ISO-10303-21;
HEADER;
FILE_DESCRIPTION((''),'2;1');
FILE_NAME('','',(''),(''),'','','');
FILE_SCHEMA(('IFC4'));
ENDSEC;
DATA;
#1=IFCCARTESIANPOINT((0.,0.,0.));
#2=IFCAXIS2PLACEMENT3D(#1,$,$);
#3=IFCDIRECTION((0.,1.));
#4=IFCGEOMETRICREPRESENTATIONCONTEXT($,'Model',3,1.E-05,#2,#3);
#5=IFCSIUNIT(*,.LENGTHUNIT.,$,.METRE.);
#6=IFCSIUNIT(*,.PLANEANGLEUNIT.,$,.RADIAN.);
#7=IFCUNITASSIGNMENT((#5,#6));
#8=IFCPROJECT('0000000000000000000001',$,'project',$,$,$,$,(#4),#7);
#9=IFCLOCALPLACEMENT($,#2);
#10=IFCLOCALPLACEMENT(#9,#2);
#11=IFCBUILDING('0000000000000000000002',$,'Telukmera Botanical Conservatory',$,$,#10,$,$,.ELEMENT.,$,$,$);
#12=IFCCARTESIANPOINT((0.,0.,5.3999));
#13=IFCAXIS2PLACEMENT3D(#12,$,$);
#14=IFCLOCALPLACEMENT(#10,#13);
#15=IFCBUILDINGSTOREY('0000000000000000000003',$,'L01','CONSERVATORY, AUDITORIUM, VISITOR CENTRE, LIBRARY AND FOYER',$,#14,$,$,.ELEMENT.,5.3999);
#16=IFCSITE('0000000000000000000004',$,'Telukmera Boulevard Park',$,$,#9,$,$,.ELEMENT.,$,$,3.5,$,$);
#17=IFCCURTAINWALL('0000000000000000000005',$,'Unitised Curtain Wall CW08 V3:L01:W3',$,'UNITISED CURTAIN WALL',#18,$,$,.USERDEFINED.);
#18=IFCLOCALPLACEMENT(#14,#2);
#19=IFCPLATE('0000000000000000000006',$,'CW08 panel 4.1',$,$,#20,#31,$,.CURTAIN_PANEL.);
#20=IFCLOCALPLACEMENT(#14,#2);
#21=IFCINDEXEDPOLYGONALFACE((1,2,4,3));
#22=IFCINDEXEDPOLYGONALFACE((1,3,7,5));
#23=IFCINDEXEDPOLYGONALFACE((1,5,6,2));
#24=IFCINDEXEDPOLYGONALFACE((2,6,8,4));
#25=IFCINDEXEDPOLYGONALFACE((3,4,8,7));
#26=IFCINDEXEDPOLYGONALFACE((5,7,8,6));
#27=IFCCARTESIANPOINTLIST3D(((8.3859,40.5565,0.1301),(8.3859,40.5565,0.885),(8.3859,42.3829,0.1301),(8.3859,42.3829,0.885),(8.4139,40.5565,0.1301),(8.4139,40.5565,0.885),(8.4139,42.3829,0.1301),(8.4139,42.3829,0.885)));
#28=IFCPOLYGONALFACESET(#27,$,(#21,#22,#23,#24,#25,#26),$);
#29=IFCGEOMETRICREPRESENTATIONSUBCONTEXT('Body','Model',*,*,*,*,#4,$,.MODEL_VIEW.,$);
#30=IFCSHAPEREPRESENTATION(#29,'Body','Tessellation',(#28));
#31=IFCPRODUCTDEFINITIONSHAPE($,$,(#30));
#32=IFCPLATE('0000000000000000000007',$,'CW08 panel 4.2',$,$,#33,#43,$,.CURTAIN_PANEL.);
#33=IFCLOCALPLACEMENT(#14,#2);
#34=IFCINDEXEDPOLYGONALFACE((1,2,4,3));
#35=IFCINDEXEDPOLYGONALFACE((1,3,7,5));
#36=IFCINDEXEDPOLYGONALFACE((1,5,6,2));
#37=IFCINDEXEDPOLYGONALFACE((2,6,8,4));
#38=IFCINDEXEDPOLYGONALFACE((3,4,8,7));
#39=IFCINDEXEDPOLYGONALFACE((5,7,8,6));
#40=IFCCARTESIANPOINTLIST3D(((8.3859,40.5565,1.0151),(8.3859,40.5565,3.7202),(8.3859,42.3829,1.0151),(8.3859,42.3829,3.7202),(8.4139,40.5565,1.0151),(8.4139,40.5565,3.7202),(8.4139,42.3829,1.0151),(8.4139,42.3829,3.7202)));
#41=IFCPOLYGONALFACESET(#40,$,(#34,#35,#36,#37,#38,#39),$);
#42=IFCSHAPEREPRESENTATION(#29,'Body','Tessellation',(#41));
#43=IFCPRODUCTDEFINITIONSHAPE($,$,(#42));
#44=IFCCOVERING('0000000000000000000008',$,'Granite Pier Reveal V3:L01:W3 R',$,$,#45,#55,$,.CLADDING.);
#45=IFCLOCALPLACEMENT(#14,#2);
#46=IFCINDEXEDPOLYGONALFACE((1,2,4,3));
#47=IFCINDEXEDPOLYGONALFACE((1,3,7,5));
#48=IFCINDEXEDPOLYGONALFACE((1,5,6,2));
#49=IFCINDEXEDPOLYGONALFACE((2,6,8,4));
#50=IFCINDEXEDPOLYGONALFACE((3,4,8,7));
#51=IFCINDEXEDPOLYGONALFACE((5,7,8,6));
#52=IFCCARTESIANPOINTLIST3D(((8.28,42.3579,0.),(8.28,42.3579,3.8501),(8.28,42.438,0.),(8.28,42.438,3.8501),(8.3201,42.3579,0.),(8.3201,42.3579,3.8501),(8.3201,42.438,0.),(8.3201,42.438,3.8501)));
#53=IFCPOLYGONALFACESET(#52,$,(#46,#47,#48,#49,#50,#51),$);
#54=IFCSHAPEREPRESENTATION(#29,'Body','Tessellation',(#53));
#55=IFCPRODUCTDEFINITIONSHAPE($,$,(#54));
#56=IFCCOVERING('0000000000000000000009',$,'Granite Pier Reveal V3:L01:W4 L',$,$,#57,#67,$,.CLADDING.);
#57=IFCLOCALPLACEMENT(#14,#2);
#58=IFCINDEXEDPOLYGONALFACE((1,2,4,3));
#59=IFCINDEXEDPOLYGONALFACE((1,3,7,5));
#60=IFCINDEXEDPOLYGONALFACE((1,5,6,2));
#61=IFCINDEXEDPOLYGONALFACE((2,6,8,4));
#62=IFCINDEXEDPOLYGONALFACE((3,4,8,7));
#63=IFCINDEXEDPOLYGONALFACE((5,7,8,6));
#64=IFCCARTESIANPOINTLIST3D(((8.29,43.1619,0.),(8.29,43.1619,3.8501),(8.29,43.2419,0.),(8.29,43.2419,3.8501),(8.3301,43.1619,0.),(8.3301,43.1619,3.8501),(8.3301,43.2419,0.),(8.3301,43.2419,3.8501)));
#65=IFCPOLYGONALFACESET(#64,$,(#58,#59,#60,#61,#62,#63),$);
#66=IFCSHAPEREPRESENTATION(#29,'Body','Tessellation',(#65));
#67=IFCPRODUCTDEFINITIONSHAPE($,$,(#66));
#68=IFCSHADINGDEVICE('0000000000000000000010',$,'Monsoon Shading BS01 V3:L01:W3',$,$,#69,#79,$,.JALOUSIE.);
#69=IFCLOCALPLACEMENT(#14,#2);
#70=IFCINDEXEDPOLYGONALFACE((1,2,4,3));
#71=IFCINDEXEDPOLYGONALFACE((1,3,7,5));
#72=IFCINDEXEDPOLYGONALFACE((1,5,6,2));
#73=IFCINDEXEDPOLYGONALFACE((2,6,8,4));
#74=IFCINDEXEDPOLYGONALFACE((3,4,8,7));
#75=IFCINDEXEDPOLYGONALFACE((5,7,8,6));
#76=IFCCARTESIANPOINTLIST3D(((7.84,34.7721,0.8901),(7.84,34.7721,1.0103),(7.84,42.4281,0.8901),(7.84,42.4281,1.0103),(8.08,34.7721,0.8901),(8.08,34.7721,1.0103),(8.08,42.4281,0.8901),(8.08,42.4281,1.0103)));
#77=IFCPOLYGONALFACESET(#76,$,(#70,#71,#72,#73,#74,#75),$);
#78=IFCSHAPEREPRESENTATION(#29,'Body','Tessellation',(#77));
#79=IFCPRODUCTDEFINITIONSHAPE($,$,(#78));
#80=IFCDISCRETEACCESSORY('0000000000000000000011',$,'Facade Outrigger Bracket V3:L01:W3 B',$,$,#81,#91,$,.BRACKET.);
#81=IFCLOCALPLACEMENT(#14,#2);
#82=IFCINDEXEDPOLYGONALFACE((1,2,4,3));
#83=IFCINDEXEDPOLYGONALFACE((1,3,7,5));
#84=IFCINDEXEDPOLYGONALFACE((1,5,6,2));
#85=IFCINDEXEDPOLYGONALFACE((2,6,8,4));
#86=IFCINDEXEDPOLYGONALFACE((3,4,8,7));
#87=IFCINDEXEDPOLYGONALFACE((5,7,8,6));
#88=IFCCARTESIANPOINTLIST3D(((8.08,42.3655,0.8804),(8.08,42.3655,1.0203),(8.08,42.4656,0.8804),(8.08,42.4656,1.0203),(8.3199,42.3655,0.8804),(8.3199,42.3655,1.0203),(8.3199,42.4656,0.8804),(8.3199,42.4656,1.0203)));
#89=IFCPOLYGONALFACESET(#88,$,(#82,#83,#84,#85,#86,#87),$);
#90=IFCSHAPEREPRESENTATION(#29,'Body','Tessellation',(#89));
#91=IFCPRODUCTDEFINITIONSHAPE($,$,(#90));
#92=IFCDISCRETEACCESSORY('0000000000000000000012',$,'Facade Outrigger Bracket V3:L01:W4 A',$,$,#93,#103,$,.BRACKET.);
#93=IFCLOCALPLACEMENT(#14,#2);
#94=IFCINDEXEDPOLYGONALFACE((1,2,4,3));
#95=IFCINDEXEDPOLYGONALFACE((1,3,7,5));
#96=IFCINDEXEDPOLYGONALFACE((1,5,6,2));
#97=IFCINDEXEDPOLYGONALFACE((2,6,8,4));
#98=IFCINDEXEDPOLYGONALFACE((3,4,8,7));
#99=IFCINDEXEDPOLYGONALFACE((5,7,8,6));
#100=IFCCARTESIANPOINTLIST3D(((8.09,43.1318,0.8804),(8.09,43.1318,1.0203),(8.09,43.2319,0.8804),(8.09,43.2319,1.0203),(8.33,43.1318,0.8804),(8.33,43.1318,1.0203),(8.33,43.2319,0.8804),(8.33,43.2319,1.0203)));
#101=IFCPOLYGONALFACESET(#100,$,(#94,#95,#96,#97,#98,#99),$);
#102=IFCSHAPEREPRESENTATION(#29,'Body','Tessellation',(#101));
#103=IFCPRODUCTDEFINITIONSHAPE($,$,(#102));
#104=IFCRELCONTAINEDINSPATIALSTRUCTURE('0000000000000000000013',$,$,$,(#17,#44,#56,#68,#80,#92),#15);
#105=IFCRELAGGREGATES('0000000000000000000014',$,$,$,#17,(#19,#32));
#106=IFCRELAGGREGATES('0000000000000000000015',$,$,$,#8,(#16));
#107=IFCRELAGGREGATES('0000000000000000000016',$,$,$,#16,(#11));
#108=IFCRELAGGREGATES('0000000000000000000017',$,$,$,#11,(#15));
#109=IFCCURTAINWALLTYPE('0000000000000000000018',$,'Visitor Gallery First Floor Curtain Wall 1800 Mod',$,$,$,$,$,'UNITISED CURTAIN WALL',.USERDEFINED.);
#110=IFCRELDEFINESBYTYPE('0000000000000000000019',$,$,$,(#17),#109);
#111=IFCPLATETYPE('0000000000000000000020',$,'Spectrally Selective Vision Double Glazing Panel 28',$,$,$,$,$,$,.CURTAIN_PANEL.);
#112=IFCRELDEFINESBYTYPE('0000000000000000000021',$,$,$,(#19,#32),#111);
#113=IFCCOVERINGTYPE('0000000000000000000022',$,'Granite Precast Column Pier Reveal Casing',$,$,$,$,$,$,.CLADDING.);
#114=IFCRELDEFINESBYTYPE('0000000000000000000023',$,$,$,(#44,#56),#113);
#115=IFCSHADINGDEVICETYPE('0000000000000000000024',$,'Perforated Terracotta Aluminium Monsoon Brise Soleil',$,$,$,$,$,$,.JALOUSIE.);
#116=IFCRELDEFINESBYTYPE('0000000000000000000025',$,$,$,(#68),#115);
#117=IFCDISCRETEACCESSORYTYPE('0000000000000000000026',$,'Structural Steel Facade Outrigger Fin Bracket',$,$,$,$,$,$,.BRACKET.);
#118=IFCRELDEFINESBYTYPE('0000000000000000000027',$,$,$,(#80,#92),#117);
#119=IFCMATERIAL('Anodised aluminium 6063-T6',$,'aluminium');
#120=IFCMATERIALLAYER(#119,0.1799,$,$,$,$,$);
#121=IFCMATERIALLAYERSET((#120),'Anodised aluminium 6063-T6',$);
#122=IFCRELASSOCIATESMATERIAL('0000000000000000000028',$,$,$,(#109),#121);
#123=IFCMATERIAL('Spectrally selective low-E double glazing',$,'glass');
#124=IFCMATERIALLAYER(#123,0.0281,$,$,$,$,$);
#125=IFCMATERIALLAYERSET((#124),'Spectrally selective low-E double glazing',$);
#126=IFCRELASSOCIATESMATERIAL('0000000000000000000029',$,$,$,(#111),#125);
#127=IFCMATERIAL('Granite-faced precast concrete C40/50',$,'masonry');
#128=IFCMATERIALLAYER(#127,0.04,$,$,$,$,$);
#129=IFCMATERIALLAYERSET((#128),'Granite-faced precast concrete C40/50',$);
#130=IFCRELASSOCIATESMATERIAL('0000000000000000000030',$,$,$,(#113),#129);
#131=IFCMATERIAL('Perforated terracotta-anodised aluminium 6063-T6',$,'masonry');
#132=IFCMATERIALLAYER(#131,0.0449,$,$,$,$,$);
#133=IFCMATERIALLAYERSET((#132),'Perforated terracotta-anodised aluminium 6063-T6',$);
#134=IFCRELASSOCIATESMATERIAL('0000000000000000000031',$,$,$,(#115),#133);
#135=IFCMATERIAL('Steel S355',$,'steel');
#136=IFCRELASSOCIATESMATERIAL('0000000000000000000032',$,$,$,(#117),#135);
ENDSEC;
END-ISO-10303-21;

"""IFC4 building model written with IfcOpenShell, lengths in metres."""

from ifc_helpers import new_model, si_unit, direction, frame, origin, origin_2d, place, context, subcontext, project, spatial, rectangle, extrude, material, layer, layer_set, type_object, element, aggregate, save


model = new_model("IFC4")

# Units and contexts
model_context = context("Model", 3, precision=1e-05, world=origin(), true_north=direction((0.0, 1.0)))
body_context = subcontext(model_context, "Body", "Model", "MODEL_VIEW")
ifc_project = project(units=[si_unit("LENGTHUNIT", "METRE"), si_unit("PLANEANGLEUNIT", "RADIAN")], contexts=[model_context])

# Site, building, storey
site_placement = place(None, origin())
site = spatial("IfcSite", under=ifc_project, at=site_placement, Name="Telukmera Boulevard Park", CompositionType="ELEMENT", RefElevation=3.5)
building_placement = place(site_placement, origin())
building = spatial("IfcBuilding", under=site, at=building_placement, Name="Telukmera Botanical Conservatory", CompositionType="ELEMENT")
storey_placement = place(building_placement, frame((0.0, 0.0, 5.3999)))
storey = spatial("IfcBuildingStorey", under=building, at=storey_placement, Name="L01", Description="CONSERVATORY, AUDITORIUM, VISITOR CENTRE, LIBRARY AND FOYER", CompositionType="ELEMENT", Elevation=5.3999)

# Curtain wall, plates
ifc_material_1 = material(Name="Anodised aluminium 6063-T6", Category="aluminium")
ifc_layer_1 = layer(ifc_material_1, 0.1799)
ifc_layer_set_1 = layer_set([ifc_layer_1], Name="Anodised aluminium 6063-T6")
curtain_wall_type = type_object("IfcCurtainWallType", Name="Visitor Gallery First Floor Curtain Wall 1800 Mod", ElementType="UNITISED CURTAIN WALL", PredefinedType="USERDEFINED", material=ifc_layer_set_1)
curtain_wall_placement = place(storey_placement, origin())
curtain_wall = element("IfcCurtainWall", 1, at=curtain_wall_placement, inside=storey, type_object=curtain_wall_type, Name="Unitised Curtain Wall CW08 V3:L01:W3", ObjectType="UNITISED CURTAIN WALL", PredefinedType="USERDEFINED")
ifc_material_2 = material(Name="Spectrally selective low-E double glazing", Category="glass")
ifc_layer_2 = layer(ifc_material_2, 0.0281)
ifc_layer_set_2 = layer_set([ifc_layer_2], Name="Spectrally selective low-E double glazing")
plate_type = type_object("IfcPlateType", Name="Spectrally Selective Vision Double Glazing Panel 28", PredefinedType="CURTAIN_PANEL", material=ifc_layer_set_2)
plate_1_placement = place(storey_placement, frame((8.3999, 41.4697, 0.1301), z_axis=(0.0, 0.0, 1.0), x_axis=(0.0, 1.0, 0.0)))
plate_1 = element("IfcPlate", 2, at=plate_1_placement, type_object=plate_type, Name="CW08 panel 4.1", PredefinedType="CURTAIN_PANEL", context=body_context, shape_type="SweptSolid", body=[
    extrude(rectangle(XDim=1.8264, YDim=0.0281, at=origin_2d()), origin(), (0.0, 0.0, 1.0), 0.7549),
])
plate_2_placement = place(storey_placement, frame((8.3999, 41.4697, 1.0151), z_axis=(0.0, 0.0, 1.0), x_axis=(0.0, 1.0, 0.0)))
plate_2 = element("IfcPlate", 3, at=plate_2_placement, type_object=plate_type, Name="CW08 panel 4.2", PredefinedType="CURTAIN_PANEL", context=body_context, shape_type="SweptSolid", body=[
    extrude(rectangle(XDim=1.8264, YDim=0.0281, at=origin_2d()), origin(), (0.0, 0.0, 1.0), 2.7051),
])
aggregate(curtain_wall, [plate_1, plate_2])

# Coverings
ifc_material_3 = material(Name="Granite-faced precast concrete C40/50", Category="masonry")
ifc_layer_3 = layer(ifc_material_3, 0.04)
ifc_layer_set_3 = layer_set([ifc_layer_3], Name="Granite-faced precast concrete C40/50")
covering_type = type_object("IfcCoveringType", Name="Granite Precast Column Pier Reveal Casing", PredefinedType="CLADDING", material=ifc_layer_set_3)
for number, where, z_axis, x_axis, name in (
    (4, (8.3, 42.3979, 0.0), (0.0, 0.0, 1.0), (0.0, 1.0, 0.0), "Granite Pier Reveal V3:L01:W3 R"),
    (5, (8.3101, 43.2019, 0.0), (0.0, 0.0, 1.0), (0.0, 1.0, 0.0), "Granite Pier Reveal V3:L01:W4 L"),
):
    element("IfcCovering", number, at=place(storey_placement, frame(where, z_axis=z_axis, x_axis=x_axis)), inside=storey, type_object=covering_type, Name=name, PredefinedType="CLADDING", context=body_context, shape_type="SweptSolid", body=[
        extrude(rectangle(XDim=0.0801, YDim=0.04, at=origin_2d()), origin(), (0.0, 0.0, 1.0), 3.8501),
    ])

# Shading device
ifc_material_4 = material(Name="Perforated terracotta-anodised aluminium 6063-T6", Category="masonry")
ifc_layer_4 = layer(ifc_material_4, 0.0449)
ifc_layer_set_4 = layer_set([ifc_layer_4], Name="Perforated terracotta-anodised aluminium 6063-T6")
shading_device_type = type_object("IfcShadingDeviceType", Name="Perforated Terracotta Aluminium Monsoon Brise Soleil", PredefinedType="JALOUSIE", material=ifc_layer_set_4)
shading_device_placement = place(storey_placement, frame((7.96, 38.6001, 0.8901), z_axis=(0.0, 0.0, 1.0), x_axis=(0.0, 1.0, 0.0)))
element("IfcShadingDevice", 6, at=shading_device_placement, inside=storey, type_object=shading_device_type, Name="Monsoon Shading BS01 V3:L01:W3", PredefinedType="JALOUSIE", context=body_context, shape_type="SweptSolid", body=[
    extrude(rectangle(XDim=7.656, YDim=0.24, at=origin_2d()), origin(), (0.0, 0.0, 1.0), 0.1201),
])

# Discrete accessories
ifc_material_5 = material(Name="Steel S355", Category="steel")
discrete_accessory_type = type_object("IfcDiscreteAccessoryType", Name="Structural Steel Facade Outrigger Fin Bracket", PredefinedType="BRACKET", material=ifc_material_5)
for number, where, z_axis, x_axis, name in (
    (7, (8.2, 42.4155, 0.8804), (0.0, 0.0, 1.0), (0.0, 1.0, 0.0), "Facade Outrigger Bracket V3:L01:W3 B"),
    (8, (8.21, 43.1819, 0.8804), (0.0, 0.0, 1.0), (0.0, 1.0, 0.0), "Facade Outrigger Bracket V3:L01:W4 A"),
):
    element("IfcDiscreteAccessory", number, at=place(storey_placement, frame(where, z_axis=z_axis, x_axis=x_axis)), inside=storey, type_object=discrete_accessory_type, Name=name, PredefinedType="BRACKET", context=body_context, shape_type="SweptSolid", body=[
        extrude(rectangle(XDim=0.1001, YDim=0.24, at=origin_2d()), origin(), (0.0, 0.0, 1.0), 0.1399),
    ])

save(model, "model.ifc")
